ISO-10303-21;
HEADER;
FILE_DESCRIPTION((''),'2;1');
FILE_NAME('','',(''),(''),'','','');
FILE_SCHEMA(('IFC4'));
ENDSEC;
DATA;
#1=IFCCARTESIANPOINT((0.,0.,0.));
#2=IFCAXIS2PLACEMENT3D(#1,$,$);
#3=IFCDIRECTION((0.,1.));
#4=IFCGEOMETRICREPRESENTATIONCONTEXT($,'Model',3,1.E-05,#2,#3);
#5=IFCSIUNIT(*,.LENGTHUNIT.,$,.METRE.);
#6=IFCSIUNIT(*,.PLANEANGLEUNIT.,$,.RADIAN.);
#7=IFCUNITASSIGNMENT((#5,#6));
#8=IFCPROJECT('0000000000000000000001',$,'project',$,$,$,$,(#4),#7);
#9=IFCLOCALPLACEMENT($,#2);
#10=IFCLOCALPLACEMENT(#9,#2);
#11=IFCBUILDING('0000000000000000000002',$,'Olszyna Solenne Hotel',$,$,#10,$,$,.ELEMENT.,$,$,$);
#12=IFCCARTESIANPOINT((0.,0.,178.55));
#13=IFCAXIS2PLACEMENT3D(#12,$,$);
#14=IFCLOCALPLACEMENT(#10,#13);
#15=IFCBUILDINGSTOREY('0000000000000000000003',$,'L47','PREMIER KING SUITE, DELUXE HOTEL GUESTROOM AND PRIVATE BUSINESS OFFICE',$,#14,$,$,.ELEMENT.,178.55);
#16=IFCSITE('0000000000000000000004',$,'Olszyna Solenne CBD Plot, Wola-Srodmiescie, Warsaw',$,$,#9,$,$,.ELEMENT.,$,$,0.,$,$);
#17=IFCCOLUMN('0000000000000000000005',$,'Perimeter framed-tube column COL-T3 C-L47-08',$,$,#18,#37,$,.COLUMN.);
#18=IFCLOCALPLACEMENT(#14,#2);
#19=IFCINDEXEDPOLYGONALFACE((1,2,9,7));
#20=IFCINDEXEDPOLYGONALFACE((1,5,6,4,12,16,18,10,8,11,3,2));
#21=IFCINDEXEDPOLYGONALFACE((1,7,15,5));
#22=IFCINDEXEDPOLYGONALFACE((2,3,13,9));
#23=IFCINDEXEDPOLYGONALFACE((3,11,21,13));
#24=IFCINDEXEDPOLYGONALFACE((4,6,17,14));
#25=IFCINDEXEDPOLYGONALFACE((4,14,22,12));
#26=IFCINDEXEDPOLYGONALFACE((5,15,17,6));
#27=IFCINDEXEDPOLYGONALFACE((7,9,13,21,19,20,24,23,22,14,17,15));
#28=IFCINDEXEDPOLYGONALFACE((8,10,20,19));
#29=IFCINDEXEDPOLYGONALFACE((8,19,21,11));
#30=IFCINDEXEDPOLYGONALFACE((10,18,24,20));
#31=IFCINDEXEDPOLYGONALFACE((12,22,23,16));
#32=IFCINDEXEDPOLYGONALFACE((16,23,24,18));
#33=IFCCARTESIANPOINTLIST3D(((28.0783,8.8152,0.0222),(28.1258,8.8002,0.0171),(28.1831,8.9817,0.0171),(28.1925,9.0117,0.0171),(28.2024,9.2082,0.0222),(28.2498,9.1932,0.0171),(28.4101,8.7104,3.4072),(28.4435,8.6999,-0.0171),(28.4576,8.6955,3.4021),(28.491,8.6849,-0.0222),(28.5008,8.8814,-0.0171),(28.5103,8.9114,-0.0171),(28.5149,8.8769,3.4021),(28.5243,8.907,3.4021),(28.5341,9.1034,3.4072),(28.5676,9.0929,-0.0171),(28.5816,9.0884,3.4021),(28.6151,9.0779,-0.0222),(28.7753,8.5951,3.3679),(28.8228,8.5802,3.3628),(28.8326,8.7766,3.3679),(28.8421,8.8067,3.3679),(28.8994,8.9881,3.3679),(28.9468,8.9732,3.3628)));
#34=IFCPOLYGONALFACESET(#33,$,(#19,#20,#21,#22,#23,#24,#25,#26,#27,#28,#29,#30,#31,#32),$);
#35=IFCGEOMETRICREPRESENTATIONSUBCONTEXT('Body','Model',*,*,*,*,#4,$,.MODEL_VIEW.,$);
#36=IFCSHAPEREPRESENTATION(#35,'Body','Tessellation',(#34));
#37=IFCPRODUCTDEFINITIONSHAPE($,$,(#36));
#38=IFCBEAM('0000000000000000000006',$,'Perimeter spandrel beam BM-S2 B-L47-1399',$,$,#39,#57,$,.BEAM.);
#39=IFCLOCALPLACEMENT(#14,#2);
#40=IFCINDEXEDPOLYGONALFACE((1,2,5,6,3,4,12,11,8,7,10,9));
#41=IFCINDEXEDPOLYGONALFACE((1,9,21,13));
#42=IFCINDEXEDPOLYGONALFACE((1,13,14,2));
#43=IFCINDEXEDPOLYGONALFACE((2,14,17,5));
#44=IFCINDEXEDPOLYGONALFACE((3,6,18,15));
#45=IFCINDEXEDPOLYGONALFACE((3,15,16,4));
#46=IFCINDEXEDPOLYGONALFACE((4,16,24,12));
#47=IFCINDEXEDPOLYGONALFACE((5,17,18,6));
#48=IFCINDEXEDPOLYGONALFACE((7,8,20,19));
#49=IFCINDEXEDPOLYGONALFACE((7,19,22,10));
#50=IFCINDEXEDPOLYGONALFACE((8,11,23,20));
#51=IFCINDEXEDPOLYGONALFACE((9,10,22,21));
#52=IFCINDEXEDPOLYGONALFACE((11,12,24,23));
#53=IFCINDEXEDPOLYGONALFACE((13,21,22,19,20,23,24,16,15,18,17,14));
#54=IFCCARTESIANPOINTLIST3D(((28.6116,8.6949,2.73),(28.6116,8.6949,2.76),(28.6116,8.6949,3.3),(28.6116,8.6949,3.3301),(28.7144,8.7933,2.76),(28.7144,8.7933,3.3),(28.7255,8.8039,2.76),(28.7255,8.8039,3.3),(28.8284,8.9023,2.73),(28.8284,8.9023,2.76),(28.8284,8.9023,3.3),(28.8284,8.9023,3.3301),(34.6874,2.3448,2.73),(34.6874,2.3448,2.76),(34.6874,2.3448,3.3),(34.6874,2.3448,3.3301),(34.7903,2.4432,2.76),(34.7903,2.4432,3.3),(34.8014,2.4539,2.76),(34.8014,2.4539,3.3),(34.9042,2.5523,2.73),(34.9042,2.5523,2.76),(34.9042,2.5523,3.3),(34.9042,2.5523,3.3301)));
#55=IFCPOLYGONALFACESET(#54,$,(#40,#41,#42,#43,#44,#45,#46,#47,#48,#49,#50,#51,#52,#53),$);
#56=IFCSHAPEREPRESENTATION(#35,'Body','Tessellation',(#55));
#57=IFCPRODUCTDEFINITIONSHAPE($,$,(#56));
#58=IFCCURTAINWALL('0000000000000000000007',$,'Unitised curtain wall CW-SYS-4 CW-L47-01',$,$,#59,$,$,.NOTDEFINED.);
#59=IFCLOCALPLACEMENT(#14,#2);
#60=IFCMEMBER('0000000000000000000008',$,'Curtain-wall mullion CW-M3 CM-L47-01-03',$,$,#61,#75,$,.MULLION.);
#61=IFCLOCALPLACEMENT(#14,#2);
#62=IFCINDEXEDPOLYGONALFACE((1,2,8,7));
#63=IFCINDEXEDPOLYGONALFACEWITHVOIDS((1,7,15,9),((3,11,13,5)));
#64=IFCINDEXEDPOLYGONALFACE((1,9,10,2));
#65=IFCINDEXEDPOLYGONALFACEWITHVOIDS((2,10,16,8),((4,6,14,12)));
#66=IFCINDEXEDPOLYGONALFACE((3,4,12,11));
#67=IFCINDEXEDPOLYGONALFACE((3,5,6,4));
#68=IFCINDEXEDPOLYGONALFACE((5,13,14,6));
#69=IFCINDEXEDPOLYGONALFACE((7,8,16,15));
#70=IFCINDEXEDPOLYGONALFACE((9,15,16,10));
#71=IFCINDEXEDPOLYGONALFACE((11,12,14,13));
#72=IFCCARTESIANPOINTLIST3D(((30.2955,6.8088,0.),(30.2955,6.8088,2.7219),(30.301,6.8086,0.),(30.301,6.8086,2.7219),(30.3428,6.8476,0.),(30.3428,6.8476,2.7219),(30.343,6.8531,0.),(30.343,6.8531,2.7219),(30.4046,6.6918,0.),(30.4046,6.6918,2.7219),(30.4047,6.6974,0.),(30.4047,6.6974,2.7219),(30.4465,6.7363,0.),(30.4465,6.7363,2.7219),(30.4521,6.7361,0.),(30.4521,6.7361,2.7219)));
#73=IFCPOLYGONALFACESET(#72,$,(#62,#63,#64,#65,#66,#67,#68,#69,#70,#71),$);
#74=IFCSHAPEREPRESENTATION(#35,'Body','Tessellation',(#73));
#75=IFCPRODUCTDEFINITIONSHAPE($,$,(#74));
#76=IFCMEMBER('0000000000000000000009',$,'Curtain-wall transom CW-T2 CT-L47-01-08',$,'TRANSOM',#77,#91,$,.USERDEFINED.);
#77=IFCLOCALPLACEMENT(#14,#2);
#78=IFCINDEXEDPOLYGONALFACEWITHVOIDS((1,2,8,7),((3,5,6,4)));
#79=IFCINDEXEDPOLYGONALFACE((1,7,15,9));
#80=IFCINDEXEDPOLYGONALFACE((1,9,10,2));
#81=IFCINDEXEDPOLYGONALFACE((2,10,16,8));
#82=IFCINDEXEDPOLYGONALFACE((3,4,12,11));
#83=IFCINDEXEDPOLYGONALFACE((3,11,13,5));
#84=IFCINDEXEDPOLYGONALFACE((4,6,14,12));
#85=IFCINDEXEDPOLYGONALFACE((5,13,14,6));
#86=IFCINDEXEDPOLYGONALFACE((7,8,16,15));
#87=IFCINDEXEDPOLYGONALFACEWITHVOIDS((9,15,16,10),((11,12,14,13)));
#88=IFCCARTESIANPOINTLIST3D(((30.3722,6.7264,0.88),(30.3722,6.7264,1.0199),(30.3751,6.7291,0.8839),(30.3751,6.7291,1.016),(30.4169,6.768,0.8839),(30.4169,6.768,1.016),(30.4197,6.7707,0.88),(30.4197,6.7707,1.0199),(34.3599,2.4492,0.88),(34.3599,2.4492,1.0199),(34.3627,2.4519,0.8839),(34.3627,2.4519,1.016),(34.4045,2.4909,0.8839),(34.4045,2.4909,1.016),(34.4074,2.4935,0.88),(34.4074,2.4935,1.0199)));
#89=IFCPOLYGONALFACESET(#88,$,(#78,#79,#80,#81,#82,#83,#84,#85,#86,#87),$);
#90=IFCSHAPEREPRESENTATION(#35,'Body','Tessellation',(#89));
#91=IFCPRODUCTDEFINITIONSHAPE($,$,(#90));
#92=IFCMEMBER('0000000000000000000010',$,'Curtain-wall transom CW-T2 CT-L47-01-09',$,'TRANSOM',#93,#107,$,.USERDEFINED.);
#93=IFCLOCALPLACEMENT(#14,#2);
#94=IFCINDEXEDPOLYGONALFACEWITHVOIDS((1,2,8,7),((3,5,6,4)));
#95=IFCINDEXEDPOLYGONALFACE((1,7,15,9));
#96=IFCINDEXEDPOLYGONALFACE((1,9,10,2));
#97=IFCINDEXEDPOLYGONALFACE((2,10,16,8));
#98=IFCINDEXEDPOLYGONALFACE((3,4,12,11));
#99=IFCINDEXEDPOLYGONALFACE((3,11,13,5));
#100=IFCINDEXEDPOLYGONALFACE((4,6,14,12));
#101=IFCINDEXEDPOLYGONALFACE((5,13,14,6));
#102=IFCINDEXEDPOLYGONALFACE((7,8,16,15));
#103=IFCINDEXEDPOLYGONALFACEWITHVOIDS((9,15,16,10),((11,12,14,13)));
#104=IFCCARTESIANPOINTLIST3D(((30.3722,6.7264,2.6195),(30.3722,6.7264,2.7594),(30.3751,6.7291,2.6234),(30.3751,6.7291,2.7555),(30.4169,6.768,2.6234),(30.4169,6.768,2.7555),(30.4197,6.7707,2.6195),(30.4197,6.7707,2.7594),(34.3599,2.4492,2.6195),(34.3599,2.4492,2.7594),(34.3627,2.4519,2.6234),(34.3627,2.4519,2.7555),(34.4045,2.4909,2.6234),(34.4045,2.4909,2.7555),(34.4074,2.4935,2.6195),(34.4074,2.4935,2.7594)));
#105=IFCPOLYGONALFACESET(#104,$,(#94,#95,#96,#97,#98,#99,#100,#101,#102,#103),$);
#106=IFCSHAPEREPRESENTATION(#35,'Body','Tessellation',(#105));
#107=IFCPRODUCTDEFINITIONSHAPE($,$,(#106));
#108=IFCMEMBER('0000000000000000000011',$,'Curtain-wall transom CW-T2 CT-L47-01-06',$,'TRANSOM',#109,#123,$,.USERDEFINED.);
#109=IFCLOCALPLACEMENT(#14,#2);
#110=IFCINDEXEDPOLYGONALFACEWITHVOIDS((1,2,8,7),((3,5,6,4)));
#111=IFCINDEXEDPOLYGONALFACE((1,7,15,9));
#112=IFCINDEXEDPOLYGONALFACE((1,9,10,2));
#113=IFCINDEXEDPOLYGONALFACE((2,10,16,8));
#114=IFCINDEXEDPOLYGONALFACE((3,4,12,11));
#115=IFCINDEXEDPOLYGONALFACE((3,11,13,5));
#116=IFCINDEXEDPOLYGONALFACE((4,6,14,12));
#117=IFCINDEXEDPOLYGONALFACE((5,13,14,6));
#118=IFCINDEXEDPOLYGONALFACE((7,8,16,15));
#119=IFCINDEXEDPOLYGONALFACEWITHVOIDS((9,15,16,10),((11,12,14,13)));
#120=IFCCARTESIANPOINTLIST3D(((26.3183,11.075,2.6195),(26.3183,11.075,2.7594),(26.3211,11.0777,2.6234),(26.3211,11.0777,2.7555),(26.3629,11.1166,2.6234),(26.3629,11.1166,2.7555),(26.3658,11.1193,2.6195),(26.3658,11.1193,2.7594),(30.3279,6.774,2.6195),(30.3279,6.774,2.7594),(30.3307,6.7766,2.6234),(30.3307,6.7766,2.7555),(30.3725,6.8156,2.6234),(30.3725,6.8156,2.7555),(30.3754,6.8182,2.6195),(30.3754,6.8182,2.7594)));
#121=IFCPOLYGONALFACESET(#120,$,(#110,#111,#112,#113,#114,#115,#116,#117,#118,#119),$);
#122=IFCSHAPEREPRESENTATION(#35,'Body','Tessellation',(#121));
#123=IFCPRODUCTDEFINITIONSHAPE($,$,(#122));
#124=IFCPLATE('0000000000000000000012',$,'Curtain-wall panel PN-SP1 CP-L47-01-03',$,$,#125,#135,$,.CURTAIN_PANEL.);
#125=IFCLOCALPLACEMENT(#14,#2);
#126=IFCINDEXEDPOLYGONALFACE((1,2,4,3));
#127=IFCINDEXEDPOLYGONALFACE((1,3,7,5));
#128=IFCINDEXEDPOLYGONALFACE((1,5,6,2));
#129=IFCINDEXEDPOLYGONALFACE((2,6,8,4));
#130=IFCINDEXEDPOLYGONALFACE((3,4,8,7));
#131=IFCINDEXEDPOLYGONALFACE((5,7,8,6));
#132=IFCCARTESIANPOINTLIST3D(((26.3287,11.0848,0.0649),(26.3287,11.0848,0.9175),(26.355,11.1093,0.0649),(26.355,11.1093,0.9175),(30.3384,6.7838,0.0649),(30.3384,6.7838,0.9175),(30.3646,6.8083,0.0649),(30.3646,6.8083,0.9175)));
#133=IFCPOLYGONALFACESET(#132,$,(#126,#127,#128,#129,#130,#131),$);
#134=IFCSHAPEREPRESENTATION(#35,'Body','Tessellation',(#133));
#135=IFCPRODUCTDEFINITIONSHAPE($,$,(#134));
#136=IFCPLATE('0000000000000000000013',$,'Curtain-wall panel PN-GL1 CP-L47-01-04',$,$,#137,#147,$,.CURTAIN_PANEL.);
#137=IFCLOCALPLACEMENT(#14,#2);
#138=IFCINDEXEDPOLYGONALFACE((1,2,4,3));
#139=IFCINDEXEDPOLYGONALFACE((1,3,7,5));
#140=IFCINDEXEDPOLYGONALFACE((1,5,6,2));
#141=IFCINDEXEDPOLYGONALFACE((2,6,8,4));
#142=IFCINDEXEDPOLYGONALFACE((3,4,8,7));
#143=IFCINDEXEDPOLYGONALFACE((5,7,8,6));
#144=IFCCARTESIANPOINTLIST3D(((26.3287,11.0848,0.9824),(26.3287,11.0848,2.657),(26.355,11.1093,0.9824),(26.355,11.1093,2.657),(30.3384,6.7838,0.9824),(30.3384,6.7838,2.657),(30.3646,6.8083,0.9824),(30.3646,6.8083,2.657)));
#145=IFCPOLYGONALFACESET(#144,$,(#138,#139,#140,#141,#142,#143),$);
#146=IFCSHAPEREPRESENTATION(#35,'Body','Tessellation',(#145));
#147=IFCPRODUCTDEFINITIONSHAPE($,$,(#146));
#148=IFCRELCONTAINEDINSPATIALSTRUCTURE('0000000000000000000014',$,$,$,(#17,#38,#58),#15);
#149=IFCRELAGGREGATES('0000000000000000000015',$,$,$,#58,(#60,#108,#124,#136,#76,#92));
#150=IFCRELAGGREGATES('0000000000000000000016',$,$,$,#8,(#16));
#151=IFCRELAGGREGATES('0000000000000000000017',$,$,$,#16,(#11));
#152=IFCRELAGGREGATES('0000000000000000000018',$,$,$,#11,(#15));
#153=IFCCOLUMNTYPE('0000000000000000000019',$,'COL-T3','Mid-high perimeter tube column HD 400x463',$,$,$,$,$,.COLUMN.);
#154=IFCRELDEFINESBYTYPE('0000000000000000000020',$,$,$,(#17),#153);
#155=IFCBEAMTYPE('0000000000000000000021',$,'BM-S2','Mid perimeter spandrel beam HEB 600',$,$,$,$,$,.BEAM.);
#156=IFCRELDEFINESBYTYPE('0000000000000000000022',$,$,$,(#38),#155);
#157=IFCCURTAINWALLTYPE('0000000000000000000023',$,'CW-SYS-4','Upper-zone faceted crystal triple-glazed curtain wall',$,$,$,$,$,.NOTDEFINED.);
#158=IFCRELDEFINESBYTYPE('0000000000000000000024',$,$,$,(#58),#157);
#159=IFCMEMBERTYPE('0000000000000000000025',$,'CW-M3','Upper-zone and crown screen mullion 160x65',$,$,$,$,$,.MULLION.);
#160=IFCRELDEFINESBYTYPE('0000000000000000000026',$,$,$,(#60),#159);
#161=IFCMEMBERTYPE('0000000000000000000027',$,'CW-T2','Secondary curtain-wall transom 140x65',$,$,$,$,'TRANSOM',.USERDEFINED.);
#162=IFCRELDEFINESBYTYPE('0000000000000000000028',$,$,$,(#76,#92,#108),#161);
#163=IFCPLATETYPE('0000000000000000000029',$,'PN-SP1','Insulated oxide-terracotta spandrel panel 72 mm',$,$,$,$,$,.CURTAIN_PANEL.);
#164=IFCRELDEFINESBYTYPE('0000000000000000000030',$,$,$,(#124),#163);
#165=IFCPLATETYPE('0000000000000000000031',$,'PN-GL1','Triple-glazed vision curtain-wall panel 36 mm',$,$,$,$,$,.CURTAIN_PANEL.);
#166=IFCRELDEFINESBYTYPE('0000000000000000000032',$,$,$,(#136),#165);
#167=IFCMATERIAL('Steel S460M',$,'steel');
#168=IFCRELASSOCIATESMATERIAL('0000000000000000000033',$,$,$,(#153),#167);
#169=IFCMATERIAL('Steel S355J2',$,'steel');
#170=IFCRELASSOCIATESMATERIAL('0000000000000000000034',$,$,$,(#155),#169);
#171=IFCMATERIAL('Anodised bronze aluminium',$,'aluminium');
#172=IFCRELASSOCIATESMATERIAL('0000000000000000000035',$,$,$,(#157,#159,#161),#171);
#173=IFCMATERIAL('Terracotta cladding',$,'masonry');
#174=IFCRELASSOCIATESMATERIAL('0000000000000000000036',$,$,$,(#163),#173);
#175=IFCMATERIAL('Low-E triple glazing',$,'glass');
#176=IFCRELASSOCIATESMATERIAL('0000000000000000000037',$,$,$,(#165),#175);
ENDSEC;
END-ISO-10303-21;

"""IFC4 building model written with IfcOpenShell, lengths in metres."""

from ifc_helpers import new_model, si_unit, direction, frame, origin, origin_2d, place, context, subcontext, project, spatial, rectangle, hollow_rectangle, i_section, extrude, source, transform, mapped, material, material_profile, profile_set, type_object, element, aggregate, save


model = new_model("IFC4")

# Units and contexts
model_context = context("Model", 3, precision=1e-05, world=origin(), true_north=direction((0.0, 1.0)))
body_context = subcontext(model_context, "Body", "Model", "MODEL_VIEW")
ifc_project = project(units=[si_unit("LENGTHUNIT", "METRE"), si_unit("PLANEANGLEUNIT", "RADIAN")], contexts=[model_context])

# Site, building, storey
site_placement = place(None, origin())
site = spatial("IfcSite", under=ifc_project, at=site_placement, Name="Olszyna Solenne CBD Plot, Wola-Srodmiescie, Warsaw", CompositionType="ELEMENT", RefElevation=0.0)
building_placement = place(site_placement, origin())
building = spatial("IfcBuilding", under=site, at=building_placement, Name="Olszyna Solenne Hotel", CompositionType="ELEMENT")
storey_placement = place(building_placement, frame((0.0, 0.0, 178.55)))
storey = spatial("IfcBuildingStorey", under=building, at=storey_placement, Name="L47", Description="PREMIER KING SUITE, DELUXE HOTEL GUESTROOM AND PRIVATE BUSINESS OFFICE", CompositionType="ELEMENT", Elevation=178.55)

# Column
ifc_material_1 = material(Name="Steel S460M", Category="steel")
ifc_material_profile_1 = material_profile(ifc_material_1, i_section(OverallWidth=0.4121, OverallDepth=0.4351, WebThickness=0.0315, FlangeThickness=0.05, at=origin_2d()), Name="HD 400x463", Category="load-bearing")
ifc_profile_set_1 = profile_set([ifc_material_profile_1], Name="Steel S460M")
column_type = type_object("IfcColumnType", Name="COL-T3", Description="Mid-high perimeter tube column HD 400x463", PredefinedType="COLUMN", material=ifc_profile_set_1)
shared_shape_1 = source(origin(), body_context, "Body", "SweptSolid", [
    extrude(i_section(OverallWidth=0.4121, OverallDepth=0.4351, WebThickness=0.0315, FlangeThickness=0.05, at=origin_2d()), origin(), (0.0, 0.0, 1.0), 3.4028),
])
column_placement = place(storey_placement, frame((28.3467, 8.9465, 0.0), z_axis=(0.097503, -0.030779, 0.994759), x_axis=(0.301031, 0.953614, 0.0)))
element("IfcColumn", 1, at=column_placement, inside=storey, type_object=column_type, Name="Perimeter framed-tube column COL-T3 C-L47-08", PredefinedType="COLUMN", context=body_context, shape_type="MappedRepresentation", body=[
    mapped(shared_shape_1, transform((0.0, 0.0, 0.0), x_axis=(1.0, 0.0, 0.0), y_axis=(0.0, 1.0, 0.0), z_axis=(0.0, 0.0, 1.0), scale=1.0)),
])

# Beam
ifc_material_2 = material(Name="Steel S355J2", Category="steel")
ifc_material_profile_2 = material_profile(ifc_material_2, i_section(OverallWidth=0.3, OverallDepth=0.6001, WebThickness=0.0154, FlangeThickness=0.03, at=origin_2d()), Name="HEB 600", Category="load-bearing")
ifc_profile_set_2 = profile_set([ifc_material_profile_2], Name="Steel S355J2")
beam_type = type_object("IfcBeamType", Name="BM-S2", Description="Mid perimeter spandrel beam HEB 600", PredefinedType="BEAM", material=ifc_profile_set_2)
shared_shape_2 = source(origin(), body_context, "Body", "SweptSolid", [
    extrude(i_section(OverallWidth=0.3, OverallDepth=0.6001, WebThickness=0.0154, FlangeThickness=0.03, at=origin_2d()), origin(), (0.0, 0.0, 1.0), 8.7886),
])
beam_placement = place(storey_placement, frame((28.72, 8.7986, 3.03), z_axis=(0.691337, -0.722533, 0.0), x_axis=(0.722533, 0.691337, 0.0)))
element("IfcBeam", 2, at=beam_placement, inside=storey, type_object=beam_type, Name="Perimeter spandrel beam BM-S2 B-L47-1399", PredefinedType="BEAM", context=body_context, shape_type="MappedRepresentation", body=[
    mapped(shared_shape_2, transform((0.0, 0.0, 0.0), x_axis=(1.0, 0.0, 0.0), y_axis=(0.0, 1.0, 0.0), z_axis=(0.0, 0.0, 1.0), scale=1.0)),
])

# Curtain wall, members, plates
ifc_material_3 = material(Name="Anodised bronze aluminium", Category="aluminium")
curtain_wall_type = type_object("IfcCurtainWallType", Name="CW-SYS-4", Description="Upper-zone faceted crystal triple-glazed curtain wall", PredefinedType="NOTDEFINED", material=ifc_material_3)
curtain_wall_placement = place(storey_placement, origin())
curtain_wall = element("IfcCurtainWall", 3, at=curtain_wall_placement, inside=storey, type_object=curtain_wall_type, Name="Unitised curtain wall CW-SYS-4 CW-L47-01", PredefinedType="NOTDEFINED")
ifc_material_profile_3 = material_profile(ifc_material_3, hollow_rectangle(XDim=0.0649, YDim=0.1599, WallThickness=0.0039, at=origin_2d()), Name="MULL 160x65x4", Category="load-bearing")
ifc_profile_set_3 = profile_set([ifc_material_profile_3], Name="Anodised bronze aluminium")
member_type_1 = type_object("IfcMemberType", Name="CW-M3", Description="Upper-zone and crown screen mullion 160x65", PredefinedType="MULLION", material=ifc_profile_set_3)
shared_shape_3 = source(origin(), body_context, "Body", "SweptSolid", [
    extrude(hollow_rectangle(XDim=0.0649, YDim=0.1599, WallThickness=0.0039, at=origin_2d()), origin(), (0.0, 0.0, 1.0), 2.7219),
])
member_1_placement = place(storey_placement, frame((30.3738, 6.7725, 0.0), z_axis=(0.0, 0.0, 1.0), x_axis=(0.731446, 0.681899, 0.0)))
member_1 = element("IfcMember", 4, at=member_1_placement, type_object=member_type_1, Name="Curtain-wall mullion CW-M3 CM-L47-01-03", PredefinedType="MULLION", context=body_context, shape_type="MappedRepresentation", body=[
    mapped(shared_shape_3, transform((0.0, 0.0, 0.0), x_axis=(1.0, 0.0, 0.0), y_axis=(0.0, 1.0, 0.0), z_axis=(0.0, 0.0, 1.0), scale=1.0)),
])
ifc_material_profile_4 = material_profile(ifc_material_3, hollow_rectangle(XDim=0.0649, YDim=0.1399, WallThickness=0.0039, at=origin_2d()), Name="TRAN 140x65x4", Category="load-bearing")
ifc_profile_set_4 = profile_set([ifc_material_profile_4], Name="Anodised bronze aluminium")
member_type_2 = type_object("IfcMemberType", Name="CW-T2", Description="Secondary curtain-wall transom 140x65", ElementType="TRANSOM", PredefinedType="USERDEFINED", material=ifc_profile_set_4)
shared_shape_4 = source(origin(), body_context, "Body", "SweptSolid", [
    extrude(hollow_rectangle(XDim=0.0649, YDim=0.1399, WallThickness=0.0039, at=origin_2d()), origin(), (0.0, 0.0, 1.0), 5.8477),
])
member_2_placement = place(storey_placement, frame((30.396, 6.7485, 0.95), z_axis=(0.681915, -0.731431, 0.0), x_axis=(0.731431, 0.681915, 0.0)))
member_2 = element("IfcMember", 5, at=member_2_placement, type_object=member_type_2, Name="Curtain-wall transom CW-T2 CT-L47-01-08", ObjectType="TRANSOM", PredefinedType="USERDEFINED", context=body_context, shape_type="MappedRepresentation", body=[
    mapped(shared_shape_4, transform((0.0, 0.0, 0.0), x_axis=(1.0, 0.0, 0.0), y_axis=(0.0, 1.0, 0.0), z_axis=(0.0, 0.0, 1.0), scale=1.0)),
])
member_3_placement = place(storey_placement, frame((30.396, 6.7485, 2.6895), z_axis=(0.681915, -0.731431, 0.0), x_axis=(0.731431, 0.681915, 0.0)))
member_3 = element("IfcMember", 6, at=member_3_placement, type_object=member_type_2, Name="Curtain-wall transom CW-T2 CT-L47-01-09", ObjectType="TRANSOM", PredefinedType="USERDEFINED", context=body_context, shape_type="MappedRepresentation", body=[
    mapped(shared_shape_4, transform((0.0, 0.0, 0.0), x_axis=(1.0, 0.0, 0.0), y_axis=(0.0, 1.0, 0.0), z_axis=(0.0, 0.0, 1.0), scale=1.0)),
])
shared_shape_5 = source(origin(), body_context, "Body", "SweptSolid", [
    extrude(hollow_rectangle(XDim=0.0649, YDim=0.1399, WallThickness=0.0039, at=origin_2d()), origin(), (0.0, 0.0, 1.0), 5.8801),
])
member_4_placement = place(storey_placement, frame((26.342, 11.0972, 2.6895), z_axis=(0.681885, -0.73146, 0.0), x_axis=(0.73146, 0.681885, 0.0)))
member_4 = element("IfcMember", 7, at=member_4_placement, type_object=member_type_2, Name="Curtain-wall transom CW-T2 CT-L47-01-06", ObjectType="TRANSOM", PredefinedType="USERDEFINED", context=body_context, shape_type="MappedRepresentation", body=[
    mapped(shared_shape_5, transform((0.0, 0.0, 0.0), x_axis=(1.0, 0.0, 0.0), y_axis=(0.0, 1.0, 0.0), z_axis=(0.0, 0.0, 1.0), scale=1.0)),
])
ifc_material_4 = material(Name="Terracotta cladding", Category="masonry")
plate_type_1 = type_object("IfcPlateType", Name="PN-SP1", Description="Insulated oxide-terracotta spandrel panel 72 mm", PredefinedType="CURTAIN_PANEL", material=ifc_material_4)
shared_shape_6 = source(origin(), body_context, "Body", "SweptSolid", [
    extrude(rectangle(XDim=5.8801, YDim=0.0359, at=origin_2d()), origin(), (0.0, 0.0, 1.0), 0.8525),
])
plate_1_placement = place(storey_placement, frame((28.3467, 8.9465, 0.0649), z_axis=(0.0, 0.0, 1.0), x_axis=(0.681899, -0.731446, 0.0)))
plate_1 = element("IfcPlate", 8, at=plate_1_placement, type_object=plate_type_1, Name="Curtain-wall panel PN-SP1 CP-L47-01-03", PredefinedType="CURTAIN_PANEL", context=body_context, shape_type="MappedRepresentation", body=[
    mapped(shared_shape_6, transform((0.0, 0.0, 0.0), x_axis=(1.0, 0.0, 0.0), y_axis=(0.0, 1.0, 0.0), z_axis=(0.0, 0.0, 1.0), scale=1.0)),
])
ifc_material_5 = material(Name="Low-E triple glazing", Category="glass")
plate_type_2 = type_object("IfcPlateType", Name="PN-GL1", Description="Triple-glazed vision curtain-wall panel 36 mm", PredefinedType="CURTAIN_PANEL", material=ifc_material_5)
shared_shape_7 = source(origin(), body_context, "Body", "SweptSolid", [
    extrude(rectangle(XDim=5.8801, YDim=0.0359, at=origin_2d()), origin(), (0.0, 0.0, 1.0), 1.6746),
])
plate_2_placement = place(storey_placement, frame((28.3467, 8.9465, 0.9824), z_axis=(0.0, 0.0, 1.0), x_axis=(0.681899, -0.731446, 0.0)))
plate_2 = element("IfcPlate", 9, at=plate_2_placement, type_object=plate_type_2, Name="Curtain-wall panel PN-GL1 CP-L47-01-04", PredefinedType="CURTAIN_PANEL", context=body_context, shape_type="MappedRepresentation", body=[
    mapped(shared_shape_7, transform((0.0, 0.0, 0.0), x_axis=(1.0, 0.0, 0.0), y_axis=(0.0, 1.0, 0.0), z_axis=(0.0, 0.0, 1.0), scale=1.0)),
])
aggregate(curtain_wall, [member_1, member_4, plate_1, plate_2, member_2, member_3])

save(model, "model.ifc")
